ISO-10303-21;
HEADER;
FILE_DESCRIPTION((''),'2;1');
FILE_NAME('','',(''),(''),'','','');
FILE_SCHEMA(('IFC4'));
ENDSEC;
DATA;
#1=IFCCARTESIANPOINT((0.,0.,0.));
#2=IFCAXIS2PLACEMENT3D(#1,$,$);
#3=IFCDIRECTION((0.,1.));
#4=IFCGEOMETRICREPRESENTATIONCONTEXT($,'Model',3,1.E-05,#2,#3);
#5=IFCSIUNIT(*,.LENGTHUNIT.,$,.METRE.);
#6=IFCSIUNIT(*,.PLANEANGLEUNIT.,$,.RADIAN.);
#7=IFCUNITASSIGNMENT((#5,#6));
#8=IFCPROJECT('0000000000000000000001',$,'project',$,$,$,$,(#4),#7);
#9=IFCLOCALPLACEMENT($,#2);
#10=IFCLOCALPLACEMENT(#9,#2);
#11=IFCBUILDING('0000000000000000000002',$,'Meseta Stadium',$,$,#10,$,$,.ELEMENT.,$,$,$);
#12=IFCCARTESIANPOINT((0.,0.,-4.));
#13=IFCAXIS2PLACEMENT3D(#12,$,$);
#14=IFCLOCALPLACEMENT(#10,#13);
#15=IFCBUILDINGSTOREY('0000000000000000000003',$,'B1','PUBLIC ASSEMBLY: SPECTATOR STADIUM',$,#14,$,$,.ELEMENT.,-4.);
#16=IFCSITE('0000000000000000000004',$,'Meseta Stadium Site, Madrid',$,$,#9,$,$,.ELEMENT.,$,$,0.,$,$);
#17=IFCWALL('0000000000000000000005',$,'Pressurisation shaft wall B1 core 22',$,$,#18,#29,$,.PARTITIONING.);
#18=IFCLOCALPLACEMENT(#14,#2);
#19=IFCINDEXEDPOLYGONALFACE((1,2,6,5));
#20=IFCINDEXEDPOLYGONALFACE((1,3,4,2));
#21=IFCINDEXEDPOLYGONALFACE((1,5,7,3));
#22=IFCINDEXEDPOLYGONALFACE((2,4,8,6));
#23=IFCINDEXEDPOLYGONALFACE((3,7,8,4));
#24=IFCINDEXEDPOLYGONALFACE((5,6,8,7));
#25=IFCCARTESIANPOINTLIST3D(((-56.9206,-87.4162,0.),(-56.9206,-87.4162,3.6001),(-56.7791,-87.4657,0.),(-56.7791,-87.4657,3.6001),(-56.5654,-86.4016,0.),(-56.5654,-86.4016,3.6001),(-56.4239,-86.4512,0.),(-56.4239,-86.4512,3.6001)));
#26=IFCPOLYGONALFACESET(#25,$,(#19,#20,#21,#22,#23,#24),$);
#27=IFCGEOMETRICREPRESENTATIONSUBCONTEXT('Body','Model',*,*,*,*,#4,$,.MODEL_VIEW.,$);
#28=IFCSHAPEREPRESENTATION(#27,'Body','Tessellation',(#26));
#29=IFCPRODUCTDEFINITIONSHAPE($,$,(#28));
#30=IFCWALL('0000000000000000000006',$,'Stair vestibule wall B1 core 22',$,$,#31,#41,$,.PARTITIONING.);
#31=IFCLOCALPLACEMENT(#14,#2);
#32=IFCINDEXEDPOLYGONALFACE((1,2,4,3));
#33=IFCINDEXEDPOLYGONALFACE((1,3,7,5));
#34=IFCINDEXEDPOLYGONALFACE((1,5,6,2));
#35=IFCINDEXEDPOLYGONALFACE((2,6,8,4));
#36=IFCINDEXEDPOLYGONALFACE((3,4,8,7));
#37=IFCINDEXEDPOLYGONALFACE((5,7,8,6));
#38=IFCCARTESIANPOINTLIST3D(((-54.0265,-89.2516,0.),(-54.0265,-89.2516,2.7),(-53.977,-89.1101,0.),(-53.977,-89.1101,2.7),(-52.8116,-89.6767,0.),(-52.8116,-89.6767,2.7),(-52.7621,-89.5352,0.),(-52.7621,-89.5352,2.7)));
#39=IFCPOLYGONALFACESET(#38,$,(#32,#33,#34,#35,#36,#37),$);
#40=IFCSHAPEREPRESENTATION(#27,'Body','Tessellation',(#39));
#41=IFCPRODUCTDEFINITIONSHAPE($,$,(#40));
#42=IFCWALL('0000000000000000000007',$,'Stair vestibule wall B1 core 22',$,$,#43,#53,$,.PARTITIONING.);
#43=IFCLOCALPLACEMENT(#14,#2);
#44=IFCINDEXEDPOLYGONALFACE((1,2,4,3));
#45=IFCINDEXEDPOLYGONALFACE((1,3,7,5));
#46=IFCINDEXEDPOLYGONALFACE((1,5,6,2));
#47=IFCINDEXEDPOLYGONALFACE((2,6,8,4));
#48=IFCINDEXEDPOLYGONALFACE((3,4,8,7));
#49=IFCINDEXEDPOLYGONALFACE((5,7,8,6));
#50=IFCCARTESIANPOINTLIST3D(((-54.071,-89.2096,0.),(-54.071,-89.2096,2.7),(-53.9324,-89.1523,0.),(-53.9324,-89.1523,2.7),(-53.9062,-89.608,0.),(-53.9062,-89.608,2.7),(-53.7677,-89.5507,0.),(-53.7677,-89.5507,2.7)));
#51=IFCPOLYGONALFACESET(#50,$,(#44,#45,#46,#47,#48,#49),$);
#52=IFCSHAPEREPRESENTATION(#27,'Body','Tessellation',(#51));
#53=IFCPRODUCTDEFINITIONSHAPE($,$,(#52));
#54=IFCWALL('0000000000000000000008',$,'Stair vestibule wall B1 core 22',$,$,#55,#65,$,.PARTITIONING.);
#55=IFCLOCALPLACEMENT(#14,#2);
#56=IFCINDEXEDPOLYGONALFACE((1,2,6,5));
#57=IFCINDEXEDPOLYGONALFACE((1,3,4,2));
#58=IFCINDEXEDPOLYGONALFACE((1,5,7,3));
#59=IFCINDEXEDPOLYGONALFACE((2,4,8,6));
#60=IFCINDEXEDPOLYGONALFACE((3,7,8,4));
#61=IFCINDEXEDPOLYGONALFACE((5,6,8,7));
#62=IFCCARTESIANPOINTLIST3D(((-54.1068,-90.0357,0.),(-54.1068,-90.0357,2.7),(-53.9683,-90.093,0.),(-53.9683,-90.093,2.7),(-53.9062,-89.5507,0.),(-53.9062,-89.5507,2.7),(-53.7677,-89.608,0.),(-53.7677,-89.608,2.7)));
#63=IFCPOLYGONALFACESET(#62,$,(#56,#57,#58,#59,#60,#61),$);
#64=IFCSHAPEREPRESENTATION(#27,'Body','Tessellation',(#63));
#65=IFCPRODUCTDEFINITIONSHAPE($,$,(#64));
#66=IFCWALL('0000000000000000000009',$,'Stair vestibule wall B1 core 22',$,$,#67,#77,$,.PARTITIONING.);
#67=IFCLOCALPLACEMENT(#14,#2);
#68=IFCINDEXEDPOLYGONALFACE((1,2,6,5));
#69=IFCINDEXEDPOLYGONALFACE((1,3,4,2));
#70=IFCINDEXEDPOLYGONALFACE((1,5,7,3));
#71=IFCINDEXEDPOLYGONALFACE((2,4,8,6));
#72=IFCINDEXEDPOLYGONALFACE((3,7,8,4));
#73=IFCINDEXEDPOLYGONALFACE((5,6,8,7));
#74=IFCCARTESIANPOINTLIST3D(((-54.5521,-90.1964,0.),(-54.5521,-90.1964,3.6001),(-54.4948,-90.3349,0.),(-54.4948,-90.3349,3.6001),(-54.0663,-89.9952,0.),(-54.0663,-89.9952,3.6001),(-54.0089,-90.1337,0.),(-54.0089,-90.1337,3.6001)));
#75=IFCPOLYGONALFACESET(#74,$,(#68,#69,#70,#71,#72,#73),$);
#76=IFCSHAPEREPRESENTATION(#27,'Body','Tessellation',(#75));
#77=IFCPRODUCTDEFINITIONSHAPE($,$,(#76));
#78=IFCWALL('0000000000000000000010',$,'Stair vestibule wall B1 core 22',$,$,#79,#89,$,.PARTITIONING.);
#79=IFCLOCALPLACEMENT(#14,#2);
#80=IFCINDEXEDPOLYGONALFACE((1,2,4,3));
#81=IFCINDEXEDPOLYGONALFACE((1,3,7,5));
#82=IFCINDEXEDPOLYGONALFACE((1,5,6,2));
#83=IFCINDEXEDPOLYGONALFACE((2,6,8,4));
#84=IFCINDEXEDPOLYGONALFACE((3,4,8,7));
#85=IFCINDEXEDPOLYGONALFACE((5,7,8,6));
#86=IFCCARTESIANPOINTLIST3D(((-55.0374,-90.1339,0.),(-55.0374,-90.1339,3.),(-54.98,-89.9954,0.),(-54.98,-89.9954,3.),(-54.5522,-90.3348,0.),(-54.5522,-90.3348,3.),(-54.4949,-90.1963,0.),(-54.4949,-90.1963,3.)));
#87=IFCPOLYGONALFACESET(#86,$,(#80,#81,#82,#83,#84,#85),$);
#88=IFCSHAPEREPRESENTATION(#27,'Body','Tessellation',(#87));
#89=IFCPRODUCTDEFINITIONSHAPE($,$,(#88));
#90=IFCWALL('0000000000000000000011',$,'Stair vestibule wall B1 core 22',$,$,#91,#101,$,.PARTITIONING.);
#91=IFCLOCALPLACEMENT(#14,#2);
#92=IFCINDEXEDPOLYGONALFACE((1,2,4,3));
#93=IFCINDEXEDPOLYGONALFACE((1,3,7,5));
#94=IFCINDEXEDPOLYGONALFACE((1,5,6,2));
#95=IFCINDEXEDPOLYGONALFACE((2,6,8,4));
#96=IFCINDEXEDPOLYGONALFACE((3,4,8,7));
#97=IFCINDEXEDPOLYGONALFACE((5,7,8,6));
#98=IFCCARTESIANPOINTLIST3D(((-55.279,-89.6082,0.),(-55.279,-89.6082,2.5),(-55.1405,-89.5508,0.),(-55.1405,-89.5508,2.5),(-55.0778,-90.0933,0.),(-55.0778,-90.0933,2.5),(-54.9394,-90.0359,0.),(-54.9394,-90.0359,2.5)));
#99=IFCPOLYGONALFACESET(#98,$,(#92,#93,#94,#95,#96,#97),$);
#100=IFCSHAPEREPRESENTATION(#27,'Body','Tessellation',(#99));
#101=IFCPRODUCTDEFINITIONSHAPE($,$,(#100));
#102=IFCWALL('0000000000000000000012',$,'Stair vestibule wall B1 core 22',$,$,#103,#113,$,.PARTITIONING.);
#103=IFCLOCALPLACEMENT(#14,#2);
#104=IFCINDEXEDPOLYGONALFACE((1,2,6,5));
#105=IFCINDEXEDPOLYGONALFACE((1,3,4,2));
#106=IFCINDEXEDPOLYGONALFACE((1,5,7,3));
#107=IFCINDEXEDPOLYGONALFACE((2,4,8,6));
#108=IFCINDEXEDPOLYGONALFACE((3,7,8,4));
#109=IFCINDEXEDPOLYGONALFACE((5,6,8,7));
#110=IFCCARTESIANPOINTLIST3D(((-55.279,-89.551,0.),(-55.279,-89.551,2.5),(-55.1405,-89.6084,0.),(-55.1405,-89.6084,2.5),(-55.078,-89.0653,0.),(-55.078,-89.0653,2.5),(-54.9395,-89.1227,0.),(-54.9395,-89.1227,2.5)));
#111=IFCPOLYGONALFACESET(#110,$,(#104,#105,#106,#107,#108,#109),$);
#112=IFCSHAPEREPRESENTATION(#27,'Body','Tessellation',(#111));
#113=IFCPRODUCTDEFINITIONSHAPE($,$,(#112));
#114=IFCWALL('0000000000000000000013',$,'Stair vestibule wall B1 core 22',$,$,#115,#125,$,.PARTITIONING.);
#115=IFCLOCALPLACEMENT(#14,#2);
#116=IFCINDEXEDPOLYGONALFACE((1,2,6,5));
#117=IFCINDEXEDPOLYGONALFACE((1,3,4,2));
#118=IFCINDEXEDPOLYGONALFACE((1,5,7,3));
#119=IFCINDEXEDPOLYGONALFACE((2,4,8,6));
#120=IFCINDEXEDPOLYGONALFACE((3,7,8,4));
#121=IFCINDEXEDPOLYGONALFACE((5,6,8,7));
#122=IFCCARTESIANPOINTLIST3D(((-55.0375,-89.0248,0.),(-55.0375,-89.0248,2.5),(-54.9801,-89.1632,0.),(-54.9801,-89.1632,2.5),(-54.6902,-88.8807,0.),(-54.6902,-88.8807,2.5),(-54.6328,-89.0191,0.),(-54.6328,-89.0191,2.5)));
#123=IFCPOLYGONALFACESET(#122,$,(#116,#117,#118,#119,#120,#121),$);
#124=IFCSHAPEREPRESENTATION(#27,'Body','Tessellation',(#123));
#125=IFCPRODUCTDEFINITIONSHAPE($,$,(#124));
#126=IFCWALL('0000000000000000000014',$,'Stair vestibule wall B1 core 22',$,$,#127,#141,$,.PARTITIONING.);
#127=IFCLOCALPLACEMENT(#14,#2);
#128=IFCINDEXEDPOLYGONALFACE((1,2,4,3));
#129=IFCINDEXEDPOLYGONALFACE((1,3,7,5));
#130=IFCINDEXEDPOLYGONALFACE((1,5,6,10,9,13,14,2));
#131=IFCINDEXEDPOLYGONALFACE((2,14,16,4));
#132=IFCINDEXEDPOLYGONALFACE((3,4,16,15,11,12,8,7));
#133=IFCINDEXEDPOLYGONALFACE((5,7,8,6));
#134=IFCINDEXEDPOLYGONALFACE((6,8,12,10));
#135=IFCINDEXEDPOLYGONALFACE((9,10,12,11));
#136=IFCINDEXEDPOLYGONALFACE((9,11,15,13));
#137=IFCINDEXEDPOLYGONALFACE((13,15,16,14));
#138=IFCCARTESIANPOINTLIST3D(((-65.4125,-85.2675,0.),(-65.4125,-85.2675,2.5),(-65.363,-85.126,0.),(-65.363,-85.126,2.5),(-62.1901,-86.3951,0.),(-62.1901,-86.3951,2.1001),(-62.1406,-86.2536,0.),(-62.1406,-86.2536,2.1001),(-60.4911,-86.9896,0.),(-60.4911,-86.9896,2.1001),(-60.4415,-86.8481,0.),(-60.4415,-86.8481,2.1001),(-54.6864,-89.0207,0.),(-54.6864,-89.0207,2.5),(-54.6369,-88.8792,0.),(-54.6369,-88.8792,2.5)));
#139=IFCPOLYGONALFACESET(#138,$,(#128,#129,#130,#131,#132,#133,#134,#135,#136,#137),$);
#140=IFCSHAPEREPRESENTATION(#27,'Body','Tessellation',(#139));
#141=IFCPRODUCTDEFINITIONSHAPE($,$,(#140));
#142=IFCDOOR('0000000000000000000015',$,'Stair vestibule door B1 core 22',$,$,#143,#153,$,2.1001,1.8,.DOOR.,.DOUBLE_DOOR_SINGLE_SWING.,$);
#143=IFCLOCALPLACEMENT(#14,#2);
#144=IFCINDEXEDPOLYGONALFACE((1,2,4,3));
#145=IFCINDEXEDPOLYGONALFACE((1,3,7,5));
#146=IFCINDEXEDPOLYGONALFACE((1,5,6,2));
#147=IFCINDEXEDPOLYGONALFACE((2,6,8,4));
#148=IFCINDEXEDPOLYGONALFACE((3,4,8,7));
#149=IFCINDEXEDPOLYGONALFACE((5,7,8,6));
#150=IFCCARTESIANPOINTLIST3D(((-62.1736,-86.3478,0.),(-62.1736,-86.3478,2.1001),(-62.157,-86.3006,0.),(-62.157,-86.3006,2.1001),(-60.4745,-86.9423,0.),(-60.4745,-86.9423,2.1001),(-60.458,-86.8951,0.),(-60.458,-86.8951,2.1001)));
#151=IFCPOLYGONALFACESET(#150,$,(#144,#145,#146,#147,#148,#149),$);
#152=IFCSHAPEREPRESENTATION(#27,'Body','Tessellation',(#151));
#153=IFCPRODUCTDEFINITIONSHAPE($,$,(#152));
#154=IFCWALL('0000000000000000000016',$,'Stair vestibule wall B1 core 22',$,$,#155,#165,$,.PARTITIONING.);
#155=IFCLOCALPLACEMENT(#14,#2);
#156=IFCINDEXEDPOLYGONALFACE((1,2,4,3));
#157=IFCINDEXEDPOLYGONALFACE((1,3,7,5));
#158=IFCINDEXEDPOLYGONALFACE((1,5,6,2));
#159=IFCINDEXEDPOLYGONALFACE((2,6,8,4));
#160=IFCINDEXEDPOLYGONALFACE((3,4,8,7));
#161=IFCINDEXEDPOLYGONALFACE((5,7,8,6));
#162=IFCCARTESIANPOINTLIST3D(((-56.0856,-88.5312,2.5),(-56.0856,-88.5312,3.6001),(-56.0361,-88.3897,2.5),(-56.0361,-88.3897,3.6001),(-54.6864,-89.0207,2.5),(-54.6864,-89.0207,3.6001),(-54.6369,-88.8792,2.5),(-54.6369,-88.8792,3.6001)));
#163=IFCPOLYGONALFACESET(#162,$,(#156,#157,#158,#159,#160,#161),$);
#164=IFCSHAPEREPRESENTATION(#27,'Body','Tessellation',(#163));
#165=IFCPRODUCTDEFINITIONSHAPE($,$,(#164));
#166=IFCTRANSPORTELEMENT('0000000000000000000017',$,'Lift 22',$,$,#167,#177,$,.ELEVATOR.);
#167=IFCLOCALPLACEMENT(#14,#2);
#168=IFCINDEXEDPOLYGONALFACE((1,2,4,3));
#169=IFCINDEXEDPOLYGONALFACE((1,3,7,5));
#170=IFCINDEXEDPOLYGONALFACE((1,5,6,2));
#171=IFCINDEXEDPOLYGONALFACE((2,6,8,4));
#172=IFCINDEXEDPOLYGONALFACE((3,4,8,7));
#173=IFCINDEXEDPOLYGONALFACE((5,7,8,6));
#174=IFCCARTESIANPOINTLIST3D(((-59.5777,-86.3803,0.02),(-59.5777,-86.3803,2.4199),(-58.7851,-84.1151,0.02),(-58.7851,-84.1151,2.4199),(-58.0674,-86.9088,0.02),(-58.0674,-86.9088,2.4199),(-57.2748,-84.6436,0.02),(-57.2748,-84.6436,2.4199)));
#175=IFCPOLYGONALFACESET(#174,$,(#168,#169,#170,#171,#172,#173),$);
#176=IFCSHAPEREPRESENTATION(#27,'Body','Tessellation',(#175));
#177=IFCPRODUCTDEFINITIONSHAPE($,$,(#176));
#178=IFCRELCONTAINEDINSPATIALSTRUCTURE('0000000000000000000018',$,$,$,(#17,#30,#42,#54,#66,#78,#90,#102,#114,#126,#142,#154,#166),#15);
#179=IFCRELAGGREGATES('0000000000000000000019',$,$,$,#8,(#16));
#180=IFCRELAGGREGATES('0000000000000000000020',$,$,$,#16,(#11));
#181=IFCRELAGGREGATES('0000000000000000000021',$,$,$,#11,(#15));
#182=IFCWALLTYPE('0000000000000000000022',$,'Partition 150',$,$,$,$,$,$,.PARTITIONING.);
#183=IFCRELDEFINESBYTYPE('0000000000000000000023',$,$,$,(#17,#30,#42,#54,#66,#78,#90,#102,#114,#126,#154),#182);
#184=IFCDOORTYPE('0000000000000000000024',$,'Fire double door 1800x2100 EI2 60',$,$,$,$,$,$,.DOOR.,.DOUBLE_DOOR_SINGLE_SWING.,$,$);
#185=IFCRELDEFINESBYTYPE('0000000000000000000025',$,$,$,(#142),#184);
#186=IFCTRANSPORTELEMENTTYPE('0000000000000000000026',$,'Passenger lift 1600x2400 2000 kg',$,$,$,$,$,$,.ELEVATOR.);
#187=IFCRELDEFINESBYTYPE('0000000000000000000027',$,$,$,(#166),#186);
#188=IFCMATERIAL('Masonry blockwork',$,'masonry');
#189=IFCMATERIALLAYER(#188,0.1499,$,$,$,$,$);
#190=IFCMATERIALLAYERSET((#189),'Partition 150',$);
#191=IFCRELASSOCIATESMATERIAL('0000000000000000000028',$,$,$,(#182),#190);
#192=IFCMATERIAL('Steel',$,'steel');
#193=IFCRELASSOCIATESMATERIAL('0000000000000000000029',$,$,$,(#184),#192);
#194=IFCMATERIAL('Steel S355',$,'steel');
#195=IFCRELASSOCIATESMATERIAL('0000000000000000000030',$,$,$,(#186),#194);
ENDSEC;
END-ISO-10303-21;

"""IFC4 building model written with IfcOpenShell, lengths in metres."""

from ifc_helpers import new_model, si_unit, direction, frame, frame_2d, origin, origin_2d, place, context, subcontext, project, spatial, rectangle, extrude, material, layer, layer_set, type_object, element, fill, save


model = new_model("IFC4")

# Units and contexts
model_context = context("Model", 3, precision=1e-05, world=origin(), true_north=direction((0.0, 1.0)))
body_context = subcontext(model_context, "Body", "Model", "MODEL_VIEW")
ifc_project = project(units=[si_unit("LENGTHUNIT", "METRE"), si_unit("PLANEANGLEUNIT", "RADIAN")], contexts=[model_context])

# Site, building, storey
site_placement = place(None, origin())
site = spatial("IfcSite", under=ifc_project, at=site_placement, Name="Meseta Stadium Site, Madrid", CompositionType="ELEMENT", RefElevation=0.0)
building_placement = place(site_placement, origin())
building = spatial("IfcBuilding", under=site, at=building_placement, Name="Meseta Stadium", CompositionType="ELEMENT")
storey_placement = place(building_placement, frame((0.0, 0.0, -4.0)))
storey = spatial("IfcBuildingStorey", under=building, at=storey_placement, Name="B1", Description="PUBLIC ASSEMBLY: SPECTATOR STADIUM", CompositionType="ELEMENT", Elevation=-4.0)

# Shared definitions
ifc_material_1 = material(Name="Masonry blockwork", Category="masonry")
ifc_layer_1 = layer(ifc_material_1, 0.1499)
ifc_layer_set_1 = layer_set([ifc_layer_1], Name="Partition 150")
wall_type_1 = type_object("IfcWallType", Name="Partition 150", PredefinedType="PARTITIONING", material=ifc_layer_set_1)

# Walls
wall_1_placement = place(storey_placement, frame((-56.4946, -86.4263, 0.0), z_axis=(0.0, 0.0, 1.0), x_axis=(-0.330431, -0.94383, 0.0)))
element("IfcWall", 1, at=wall_1_placement, inside=storey, type_object=wall_type_1, Name="Pressurisation shaft wall B1 core 22", PredefinedType="PARTITIONING", context=body_context, shape_type="SweptSolid", body=[
    extrude(rectangle(XDim=1.075, YDim=0.1499, at=frame_2d((0.5376, 0.0))), origin(), (0.0, 0.0, 1.0), 3.6001),
])
wall_2_placement = place(storey_placement, frame((-52.7869, -89.606, 0.0), z_axis=(0.0, 0.0, 1.0), x_axis=(-0.943894, 0.330249, 0.0)))
element("IfcWall", 2, at=wall_2_placement, inside=storey, type_object=wall_type_1, Name="Stair vestibule wall B1 core 22", PredefinedType="PARTITIONING", context=body_context, shape_type="SweptSolid", body=[
    extrude(rectangle(XDim=1.2871, YDim=0.1499, at=frame_2d((0.6436, 0.0))), origin(), (0.0, 0.0, 1.0), 2.7),
])
wall_3_placement = place(storey_placement, frame((-54.0017, -89.1809, 0.0), z_axis=(0.0, 0.0, 1.0), x_axis=(0.382202, -0.924079, 0.0)))
element("IfcWall", 3, at=wall_3_placement, inside=storey, type_object=wall_type_1, Name="Stair vestibule wall B1 core 22", PredefinedType="PARTITIONING", context=body_context, shape_type="SweptSolid", body=[
    extrude(rectangle(XDim=0.4312, YDim=0.1499, at=frame_2d((0.2156, 0.0))), origin(), (0.0, 0.0, 1.0), 2.7),
])
wall_4_placement = place(storey_placement, frame((-53.8369, -89.5793, 0.0), z_axis=(0.0, 0.0, 1.0), x_axis=(-0.38227, -0.924051, 0.0)))
element("IfcWall", 4, at=wall_4_placement, inside=storey, type_object=wall_type_1, Name="Stair vestibule wall B1 core 22", PredefinedType="PARTITIONING", context=body_context, shape_type="SweptSolid", body=[
    extrude(rectangle(XDim=0.5249, YDim=0.1499, at=frame_2d((0.2625, 0.0))), origin(), (0.0, 0.0, 1.0), 2.7),
])
wall_5_placement = place(storey_placement, frame((-54.0376, -90.0645, 0.0), z_axis=(0.0, 0.0, 1.0), x_axis=(-0.923926, -0.38257, 0.0)))
element("IfcWall", 5, at=wall_5_placement, inside=storey, type_object=wall_type_1, Name="Stair vestibule wall B1 core 22", PredefinedType="PARTITIONING", context=body_context, shape_type="SweptSolid", body=[
    extrude(rectangle(XDim=0.5259, YDim=0.1499, at=frame_2d((0.2629, 0.0))), origin(), (0.0, 0.0, 1.0), 3.6001),
])
wall_6_placement = place(storey_placement, frame((-54.5234, -90.2656, 0.0), z_axis=(0.0, 0.0, 1.0), x_axis=(-0.923886, 0.382667, 0.0)))
element("IfcWall", 6, at=wall_6_placement, inside=storey, type_object=wall_type_1, Name="Stair vestibule wall B1 core 22", PredefinedType="PARTITIONING", context=body_context, shape_type="SweptSolid", body=[
    extrude(rectangle(XDim=0.5251, YDim=0.1499, at=frame_2d((0.2627, 0.0))), origin(), (0.0, 0.0, 1.0), 3.0),
])
wall_7_placement = place(storey_placement, frame((-55.0085, -90.0647, 0.0), z_axis=(0.0, 0.0, 1.0), x_axis=(-0.383063, 0.923722, 0.0)))
element("IfcWall", 7, at=wall_7_placement, inside=storey, type_object=wall_type_1, Name="Stair vestibule wall B1 core 22", PredefinedType="PARTITIONING", context=body_context, shape_type="SweptSolid", body=[
    extrude(rectangle(XDim=0.5251, YDim=0.1499, at=frame_2d((0.2627, 0.0))), origin(), (0.0, 0.0, 1.0), 2.5),
])
wall_8_placement = place(storey_placement, frame((-55.2097, -89.5796, 0.0), z_axis=(0.0, 0.0, 1.0), x_axis=(0.382338, 0.924022, 0.0)))
element("IfcWall", 8, at=wall_8_placement, inside=storey, type_object=wall_type_1, Name="Stair vestibule wall B1 core 22", PredefinedType="PARTITIONING", context=body_context, shape_type="SweptSolid", body=[
    extrude(rectangle(XDim=0.5256, YDim=0.1499, at=frame_2d((0.2627, 0.0))), origin(), (0.0, 0.0, 1.0), 2.5),
])
wall_9_placement = place(storey_placement, frame((-55.0088, -89.094, 0.0), z_axis=(0.0, 0.0, 1.0), x_axis=(0.923652, 0.383231, 0.0)))
element("IfcWall", 9, at=wall_9_placement, inside=storey, type_object=wall_type_1, Name="Stair vestibule wall B1 core 22", PredefinedType="PARTITIONING", context=body_context, shape_type="SweptSolid", body=[
    extrude(rectangle(XDim=0.376, YDim=0.1499, at=frame_2d((0.188, 0.0))), origin(), (0.0, 0.0, 1.0), 2.5),
])

# Wall, opening, door
wall_10_placement = place(storey_placement, frame((-54.6616, -88.95, 0.0), z_axis=(0.0, 0.0, 1.0), x_axis=(-0.943884, 0.330276, 0.0)))
wall_10 = element("IfcWall", 10, at=wall_10_placement, inside=storey, type_object=wall_type_1, Name="Stair vestibule wall B1 core 22", PredefinedType="PARTITIONING", context=body_context, shape_type="SweptSolid", body=[
    extrude(rectangle(XDim=11.3638, YDim=0.1499, at=frame_2d((5.6819, 0.0))), origin(), (0.0, 0.0, 1.0), 2.5),
])
opening_1_placement = place(wall_10_placement, frame((6.1499, 0.0, 0.0)))
opening_1 = element("IfcOpeningElement", 11, at=opening_1_placement, cuts=wall_10, PredefinedType="OPENING", context=body_context, shape_type="SweptSolid", body=[
    extrude(rectangle(XDim=1.8, YDim=2.1001, at=frame_2d((0.8999, 1.05))), frame((0.0, 0.085, 0.0), z_axis=(0.0, -1.0, 0.0), x_axis=(1.0, 0.0, 0.0)), (0.0, 0.0, 1.0), 0.1699),
])
ifc_material_2 = material(Name="Steel", Category="steel")
door_type_1 = type_object("IfcDoorType", Name="Fire double door 1800x2100 EI2 60", OperationType="DOUBLE_DOOR_SINGLE_SWING", PredefinedType="DOOR", material=ifc_material_2)
door_1_placement = place(opening_1_placement, origin())
door_1 = element("IfcDoor", 12, at=door_1_placement, inside=storey, type_object=door_type_1, Name="Stair vestibule door B1 core 22", OperationType="DOUBLE_DOOR_SINGLE_SWING", OverallHeight=2.1001, OverallWidth=1.8, PredefinedType="DOOR", context=body_context, shape_type="SweptSolid", body=[
    extrude(rectangle(XDim=1.8, YDim=2.1001, at=frame_2d((0.8999, 1.05))), frame((0.0, 0.0249, 0.0), z_axis=(0.0, -1.0, 0.0), x_axis=(1.0, 0.0, 0.0)), (0.0, 0.0, 1.0), 0.05),
])
fill(opening_1, door_1)

# Wall
wall_11_placement = place(storey_placement, frame((-54.6616, -88.95, 2.5), z_axis=(0.0, 0.0, 1.0), x_axis=(-0.943902, 0.330226, 0.0)))
element("IfcWall", 13, at=wall_11_placement, inside=storey, type_object=wall_type_1, Name="Stair vestibule wall B1 core 22", PredefinedType="PARTITIONING", context=body_context, shape_type="SweptSolid", body=[
    extrude(rectangle(XDim=1.4824, YDim=0.1499, at=frame_2d((0.7412, 0.0))), origin(), (0.0, 0.0, 1.0), 1.1001),
])

# Transport element
ifc_material_3 = material(Name="Steel S355", Category="steel")
transport_element_type = type_object("IfcTransportElementType", Name="Passenger lift 1600x2400 2000 kg", PredefinedType="ELEVATOR", material=ifc_material_3)
transport_element_placement = place(storey_placement, frame((-58.4263, -85.512, 0.02), z_axis=(0.0, 0.0, 1.0), x_axis=(0.330279, 0.943883, 0.0)))
element("IfcTransportElement", 14, at=transport_element_placement, inside=storey, type_object=transport_element_type, Name="Lift 22", PredefinedType="ELEVATOR", context=body_context, shape_type="SweptSolid", body=[
    extrude(rectangle(XDim=2.3999, YDim=1.6001, at=origin_2d()), origin(), (0.0, 0.0, 1.0), 2.3999),
])

save(model, "model.ifc")
